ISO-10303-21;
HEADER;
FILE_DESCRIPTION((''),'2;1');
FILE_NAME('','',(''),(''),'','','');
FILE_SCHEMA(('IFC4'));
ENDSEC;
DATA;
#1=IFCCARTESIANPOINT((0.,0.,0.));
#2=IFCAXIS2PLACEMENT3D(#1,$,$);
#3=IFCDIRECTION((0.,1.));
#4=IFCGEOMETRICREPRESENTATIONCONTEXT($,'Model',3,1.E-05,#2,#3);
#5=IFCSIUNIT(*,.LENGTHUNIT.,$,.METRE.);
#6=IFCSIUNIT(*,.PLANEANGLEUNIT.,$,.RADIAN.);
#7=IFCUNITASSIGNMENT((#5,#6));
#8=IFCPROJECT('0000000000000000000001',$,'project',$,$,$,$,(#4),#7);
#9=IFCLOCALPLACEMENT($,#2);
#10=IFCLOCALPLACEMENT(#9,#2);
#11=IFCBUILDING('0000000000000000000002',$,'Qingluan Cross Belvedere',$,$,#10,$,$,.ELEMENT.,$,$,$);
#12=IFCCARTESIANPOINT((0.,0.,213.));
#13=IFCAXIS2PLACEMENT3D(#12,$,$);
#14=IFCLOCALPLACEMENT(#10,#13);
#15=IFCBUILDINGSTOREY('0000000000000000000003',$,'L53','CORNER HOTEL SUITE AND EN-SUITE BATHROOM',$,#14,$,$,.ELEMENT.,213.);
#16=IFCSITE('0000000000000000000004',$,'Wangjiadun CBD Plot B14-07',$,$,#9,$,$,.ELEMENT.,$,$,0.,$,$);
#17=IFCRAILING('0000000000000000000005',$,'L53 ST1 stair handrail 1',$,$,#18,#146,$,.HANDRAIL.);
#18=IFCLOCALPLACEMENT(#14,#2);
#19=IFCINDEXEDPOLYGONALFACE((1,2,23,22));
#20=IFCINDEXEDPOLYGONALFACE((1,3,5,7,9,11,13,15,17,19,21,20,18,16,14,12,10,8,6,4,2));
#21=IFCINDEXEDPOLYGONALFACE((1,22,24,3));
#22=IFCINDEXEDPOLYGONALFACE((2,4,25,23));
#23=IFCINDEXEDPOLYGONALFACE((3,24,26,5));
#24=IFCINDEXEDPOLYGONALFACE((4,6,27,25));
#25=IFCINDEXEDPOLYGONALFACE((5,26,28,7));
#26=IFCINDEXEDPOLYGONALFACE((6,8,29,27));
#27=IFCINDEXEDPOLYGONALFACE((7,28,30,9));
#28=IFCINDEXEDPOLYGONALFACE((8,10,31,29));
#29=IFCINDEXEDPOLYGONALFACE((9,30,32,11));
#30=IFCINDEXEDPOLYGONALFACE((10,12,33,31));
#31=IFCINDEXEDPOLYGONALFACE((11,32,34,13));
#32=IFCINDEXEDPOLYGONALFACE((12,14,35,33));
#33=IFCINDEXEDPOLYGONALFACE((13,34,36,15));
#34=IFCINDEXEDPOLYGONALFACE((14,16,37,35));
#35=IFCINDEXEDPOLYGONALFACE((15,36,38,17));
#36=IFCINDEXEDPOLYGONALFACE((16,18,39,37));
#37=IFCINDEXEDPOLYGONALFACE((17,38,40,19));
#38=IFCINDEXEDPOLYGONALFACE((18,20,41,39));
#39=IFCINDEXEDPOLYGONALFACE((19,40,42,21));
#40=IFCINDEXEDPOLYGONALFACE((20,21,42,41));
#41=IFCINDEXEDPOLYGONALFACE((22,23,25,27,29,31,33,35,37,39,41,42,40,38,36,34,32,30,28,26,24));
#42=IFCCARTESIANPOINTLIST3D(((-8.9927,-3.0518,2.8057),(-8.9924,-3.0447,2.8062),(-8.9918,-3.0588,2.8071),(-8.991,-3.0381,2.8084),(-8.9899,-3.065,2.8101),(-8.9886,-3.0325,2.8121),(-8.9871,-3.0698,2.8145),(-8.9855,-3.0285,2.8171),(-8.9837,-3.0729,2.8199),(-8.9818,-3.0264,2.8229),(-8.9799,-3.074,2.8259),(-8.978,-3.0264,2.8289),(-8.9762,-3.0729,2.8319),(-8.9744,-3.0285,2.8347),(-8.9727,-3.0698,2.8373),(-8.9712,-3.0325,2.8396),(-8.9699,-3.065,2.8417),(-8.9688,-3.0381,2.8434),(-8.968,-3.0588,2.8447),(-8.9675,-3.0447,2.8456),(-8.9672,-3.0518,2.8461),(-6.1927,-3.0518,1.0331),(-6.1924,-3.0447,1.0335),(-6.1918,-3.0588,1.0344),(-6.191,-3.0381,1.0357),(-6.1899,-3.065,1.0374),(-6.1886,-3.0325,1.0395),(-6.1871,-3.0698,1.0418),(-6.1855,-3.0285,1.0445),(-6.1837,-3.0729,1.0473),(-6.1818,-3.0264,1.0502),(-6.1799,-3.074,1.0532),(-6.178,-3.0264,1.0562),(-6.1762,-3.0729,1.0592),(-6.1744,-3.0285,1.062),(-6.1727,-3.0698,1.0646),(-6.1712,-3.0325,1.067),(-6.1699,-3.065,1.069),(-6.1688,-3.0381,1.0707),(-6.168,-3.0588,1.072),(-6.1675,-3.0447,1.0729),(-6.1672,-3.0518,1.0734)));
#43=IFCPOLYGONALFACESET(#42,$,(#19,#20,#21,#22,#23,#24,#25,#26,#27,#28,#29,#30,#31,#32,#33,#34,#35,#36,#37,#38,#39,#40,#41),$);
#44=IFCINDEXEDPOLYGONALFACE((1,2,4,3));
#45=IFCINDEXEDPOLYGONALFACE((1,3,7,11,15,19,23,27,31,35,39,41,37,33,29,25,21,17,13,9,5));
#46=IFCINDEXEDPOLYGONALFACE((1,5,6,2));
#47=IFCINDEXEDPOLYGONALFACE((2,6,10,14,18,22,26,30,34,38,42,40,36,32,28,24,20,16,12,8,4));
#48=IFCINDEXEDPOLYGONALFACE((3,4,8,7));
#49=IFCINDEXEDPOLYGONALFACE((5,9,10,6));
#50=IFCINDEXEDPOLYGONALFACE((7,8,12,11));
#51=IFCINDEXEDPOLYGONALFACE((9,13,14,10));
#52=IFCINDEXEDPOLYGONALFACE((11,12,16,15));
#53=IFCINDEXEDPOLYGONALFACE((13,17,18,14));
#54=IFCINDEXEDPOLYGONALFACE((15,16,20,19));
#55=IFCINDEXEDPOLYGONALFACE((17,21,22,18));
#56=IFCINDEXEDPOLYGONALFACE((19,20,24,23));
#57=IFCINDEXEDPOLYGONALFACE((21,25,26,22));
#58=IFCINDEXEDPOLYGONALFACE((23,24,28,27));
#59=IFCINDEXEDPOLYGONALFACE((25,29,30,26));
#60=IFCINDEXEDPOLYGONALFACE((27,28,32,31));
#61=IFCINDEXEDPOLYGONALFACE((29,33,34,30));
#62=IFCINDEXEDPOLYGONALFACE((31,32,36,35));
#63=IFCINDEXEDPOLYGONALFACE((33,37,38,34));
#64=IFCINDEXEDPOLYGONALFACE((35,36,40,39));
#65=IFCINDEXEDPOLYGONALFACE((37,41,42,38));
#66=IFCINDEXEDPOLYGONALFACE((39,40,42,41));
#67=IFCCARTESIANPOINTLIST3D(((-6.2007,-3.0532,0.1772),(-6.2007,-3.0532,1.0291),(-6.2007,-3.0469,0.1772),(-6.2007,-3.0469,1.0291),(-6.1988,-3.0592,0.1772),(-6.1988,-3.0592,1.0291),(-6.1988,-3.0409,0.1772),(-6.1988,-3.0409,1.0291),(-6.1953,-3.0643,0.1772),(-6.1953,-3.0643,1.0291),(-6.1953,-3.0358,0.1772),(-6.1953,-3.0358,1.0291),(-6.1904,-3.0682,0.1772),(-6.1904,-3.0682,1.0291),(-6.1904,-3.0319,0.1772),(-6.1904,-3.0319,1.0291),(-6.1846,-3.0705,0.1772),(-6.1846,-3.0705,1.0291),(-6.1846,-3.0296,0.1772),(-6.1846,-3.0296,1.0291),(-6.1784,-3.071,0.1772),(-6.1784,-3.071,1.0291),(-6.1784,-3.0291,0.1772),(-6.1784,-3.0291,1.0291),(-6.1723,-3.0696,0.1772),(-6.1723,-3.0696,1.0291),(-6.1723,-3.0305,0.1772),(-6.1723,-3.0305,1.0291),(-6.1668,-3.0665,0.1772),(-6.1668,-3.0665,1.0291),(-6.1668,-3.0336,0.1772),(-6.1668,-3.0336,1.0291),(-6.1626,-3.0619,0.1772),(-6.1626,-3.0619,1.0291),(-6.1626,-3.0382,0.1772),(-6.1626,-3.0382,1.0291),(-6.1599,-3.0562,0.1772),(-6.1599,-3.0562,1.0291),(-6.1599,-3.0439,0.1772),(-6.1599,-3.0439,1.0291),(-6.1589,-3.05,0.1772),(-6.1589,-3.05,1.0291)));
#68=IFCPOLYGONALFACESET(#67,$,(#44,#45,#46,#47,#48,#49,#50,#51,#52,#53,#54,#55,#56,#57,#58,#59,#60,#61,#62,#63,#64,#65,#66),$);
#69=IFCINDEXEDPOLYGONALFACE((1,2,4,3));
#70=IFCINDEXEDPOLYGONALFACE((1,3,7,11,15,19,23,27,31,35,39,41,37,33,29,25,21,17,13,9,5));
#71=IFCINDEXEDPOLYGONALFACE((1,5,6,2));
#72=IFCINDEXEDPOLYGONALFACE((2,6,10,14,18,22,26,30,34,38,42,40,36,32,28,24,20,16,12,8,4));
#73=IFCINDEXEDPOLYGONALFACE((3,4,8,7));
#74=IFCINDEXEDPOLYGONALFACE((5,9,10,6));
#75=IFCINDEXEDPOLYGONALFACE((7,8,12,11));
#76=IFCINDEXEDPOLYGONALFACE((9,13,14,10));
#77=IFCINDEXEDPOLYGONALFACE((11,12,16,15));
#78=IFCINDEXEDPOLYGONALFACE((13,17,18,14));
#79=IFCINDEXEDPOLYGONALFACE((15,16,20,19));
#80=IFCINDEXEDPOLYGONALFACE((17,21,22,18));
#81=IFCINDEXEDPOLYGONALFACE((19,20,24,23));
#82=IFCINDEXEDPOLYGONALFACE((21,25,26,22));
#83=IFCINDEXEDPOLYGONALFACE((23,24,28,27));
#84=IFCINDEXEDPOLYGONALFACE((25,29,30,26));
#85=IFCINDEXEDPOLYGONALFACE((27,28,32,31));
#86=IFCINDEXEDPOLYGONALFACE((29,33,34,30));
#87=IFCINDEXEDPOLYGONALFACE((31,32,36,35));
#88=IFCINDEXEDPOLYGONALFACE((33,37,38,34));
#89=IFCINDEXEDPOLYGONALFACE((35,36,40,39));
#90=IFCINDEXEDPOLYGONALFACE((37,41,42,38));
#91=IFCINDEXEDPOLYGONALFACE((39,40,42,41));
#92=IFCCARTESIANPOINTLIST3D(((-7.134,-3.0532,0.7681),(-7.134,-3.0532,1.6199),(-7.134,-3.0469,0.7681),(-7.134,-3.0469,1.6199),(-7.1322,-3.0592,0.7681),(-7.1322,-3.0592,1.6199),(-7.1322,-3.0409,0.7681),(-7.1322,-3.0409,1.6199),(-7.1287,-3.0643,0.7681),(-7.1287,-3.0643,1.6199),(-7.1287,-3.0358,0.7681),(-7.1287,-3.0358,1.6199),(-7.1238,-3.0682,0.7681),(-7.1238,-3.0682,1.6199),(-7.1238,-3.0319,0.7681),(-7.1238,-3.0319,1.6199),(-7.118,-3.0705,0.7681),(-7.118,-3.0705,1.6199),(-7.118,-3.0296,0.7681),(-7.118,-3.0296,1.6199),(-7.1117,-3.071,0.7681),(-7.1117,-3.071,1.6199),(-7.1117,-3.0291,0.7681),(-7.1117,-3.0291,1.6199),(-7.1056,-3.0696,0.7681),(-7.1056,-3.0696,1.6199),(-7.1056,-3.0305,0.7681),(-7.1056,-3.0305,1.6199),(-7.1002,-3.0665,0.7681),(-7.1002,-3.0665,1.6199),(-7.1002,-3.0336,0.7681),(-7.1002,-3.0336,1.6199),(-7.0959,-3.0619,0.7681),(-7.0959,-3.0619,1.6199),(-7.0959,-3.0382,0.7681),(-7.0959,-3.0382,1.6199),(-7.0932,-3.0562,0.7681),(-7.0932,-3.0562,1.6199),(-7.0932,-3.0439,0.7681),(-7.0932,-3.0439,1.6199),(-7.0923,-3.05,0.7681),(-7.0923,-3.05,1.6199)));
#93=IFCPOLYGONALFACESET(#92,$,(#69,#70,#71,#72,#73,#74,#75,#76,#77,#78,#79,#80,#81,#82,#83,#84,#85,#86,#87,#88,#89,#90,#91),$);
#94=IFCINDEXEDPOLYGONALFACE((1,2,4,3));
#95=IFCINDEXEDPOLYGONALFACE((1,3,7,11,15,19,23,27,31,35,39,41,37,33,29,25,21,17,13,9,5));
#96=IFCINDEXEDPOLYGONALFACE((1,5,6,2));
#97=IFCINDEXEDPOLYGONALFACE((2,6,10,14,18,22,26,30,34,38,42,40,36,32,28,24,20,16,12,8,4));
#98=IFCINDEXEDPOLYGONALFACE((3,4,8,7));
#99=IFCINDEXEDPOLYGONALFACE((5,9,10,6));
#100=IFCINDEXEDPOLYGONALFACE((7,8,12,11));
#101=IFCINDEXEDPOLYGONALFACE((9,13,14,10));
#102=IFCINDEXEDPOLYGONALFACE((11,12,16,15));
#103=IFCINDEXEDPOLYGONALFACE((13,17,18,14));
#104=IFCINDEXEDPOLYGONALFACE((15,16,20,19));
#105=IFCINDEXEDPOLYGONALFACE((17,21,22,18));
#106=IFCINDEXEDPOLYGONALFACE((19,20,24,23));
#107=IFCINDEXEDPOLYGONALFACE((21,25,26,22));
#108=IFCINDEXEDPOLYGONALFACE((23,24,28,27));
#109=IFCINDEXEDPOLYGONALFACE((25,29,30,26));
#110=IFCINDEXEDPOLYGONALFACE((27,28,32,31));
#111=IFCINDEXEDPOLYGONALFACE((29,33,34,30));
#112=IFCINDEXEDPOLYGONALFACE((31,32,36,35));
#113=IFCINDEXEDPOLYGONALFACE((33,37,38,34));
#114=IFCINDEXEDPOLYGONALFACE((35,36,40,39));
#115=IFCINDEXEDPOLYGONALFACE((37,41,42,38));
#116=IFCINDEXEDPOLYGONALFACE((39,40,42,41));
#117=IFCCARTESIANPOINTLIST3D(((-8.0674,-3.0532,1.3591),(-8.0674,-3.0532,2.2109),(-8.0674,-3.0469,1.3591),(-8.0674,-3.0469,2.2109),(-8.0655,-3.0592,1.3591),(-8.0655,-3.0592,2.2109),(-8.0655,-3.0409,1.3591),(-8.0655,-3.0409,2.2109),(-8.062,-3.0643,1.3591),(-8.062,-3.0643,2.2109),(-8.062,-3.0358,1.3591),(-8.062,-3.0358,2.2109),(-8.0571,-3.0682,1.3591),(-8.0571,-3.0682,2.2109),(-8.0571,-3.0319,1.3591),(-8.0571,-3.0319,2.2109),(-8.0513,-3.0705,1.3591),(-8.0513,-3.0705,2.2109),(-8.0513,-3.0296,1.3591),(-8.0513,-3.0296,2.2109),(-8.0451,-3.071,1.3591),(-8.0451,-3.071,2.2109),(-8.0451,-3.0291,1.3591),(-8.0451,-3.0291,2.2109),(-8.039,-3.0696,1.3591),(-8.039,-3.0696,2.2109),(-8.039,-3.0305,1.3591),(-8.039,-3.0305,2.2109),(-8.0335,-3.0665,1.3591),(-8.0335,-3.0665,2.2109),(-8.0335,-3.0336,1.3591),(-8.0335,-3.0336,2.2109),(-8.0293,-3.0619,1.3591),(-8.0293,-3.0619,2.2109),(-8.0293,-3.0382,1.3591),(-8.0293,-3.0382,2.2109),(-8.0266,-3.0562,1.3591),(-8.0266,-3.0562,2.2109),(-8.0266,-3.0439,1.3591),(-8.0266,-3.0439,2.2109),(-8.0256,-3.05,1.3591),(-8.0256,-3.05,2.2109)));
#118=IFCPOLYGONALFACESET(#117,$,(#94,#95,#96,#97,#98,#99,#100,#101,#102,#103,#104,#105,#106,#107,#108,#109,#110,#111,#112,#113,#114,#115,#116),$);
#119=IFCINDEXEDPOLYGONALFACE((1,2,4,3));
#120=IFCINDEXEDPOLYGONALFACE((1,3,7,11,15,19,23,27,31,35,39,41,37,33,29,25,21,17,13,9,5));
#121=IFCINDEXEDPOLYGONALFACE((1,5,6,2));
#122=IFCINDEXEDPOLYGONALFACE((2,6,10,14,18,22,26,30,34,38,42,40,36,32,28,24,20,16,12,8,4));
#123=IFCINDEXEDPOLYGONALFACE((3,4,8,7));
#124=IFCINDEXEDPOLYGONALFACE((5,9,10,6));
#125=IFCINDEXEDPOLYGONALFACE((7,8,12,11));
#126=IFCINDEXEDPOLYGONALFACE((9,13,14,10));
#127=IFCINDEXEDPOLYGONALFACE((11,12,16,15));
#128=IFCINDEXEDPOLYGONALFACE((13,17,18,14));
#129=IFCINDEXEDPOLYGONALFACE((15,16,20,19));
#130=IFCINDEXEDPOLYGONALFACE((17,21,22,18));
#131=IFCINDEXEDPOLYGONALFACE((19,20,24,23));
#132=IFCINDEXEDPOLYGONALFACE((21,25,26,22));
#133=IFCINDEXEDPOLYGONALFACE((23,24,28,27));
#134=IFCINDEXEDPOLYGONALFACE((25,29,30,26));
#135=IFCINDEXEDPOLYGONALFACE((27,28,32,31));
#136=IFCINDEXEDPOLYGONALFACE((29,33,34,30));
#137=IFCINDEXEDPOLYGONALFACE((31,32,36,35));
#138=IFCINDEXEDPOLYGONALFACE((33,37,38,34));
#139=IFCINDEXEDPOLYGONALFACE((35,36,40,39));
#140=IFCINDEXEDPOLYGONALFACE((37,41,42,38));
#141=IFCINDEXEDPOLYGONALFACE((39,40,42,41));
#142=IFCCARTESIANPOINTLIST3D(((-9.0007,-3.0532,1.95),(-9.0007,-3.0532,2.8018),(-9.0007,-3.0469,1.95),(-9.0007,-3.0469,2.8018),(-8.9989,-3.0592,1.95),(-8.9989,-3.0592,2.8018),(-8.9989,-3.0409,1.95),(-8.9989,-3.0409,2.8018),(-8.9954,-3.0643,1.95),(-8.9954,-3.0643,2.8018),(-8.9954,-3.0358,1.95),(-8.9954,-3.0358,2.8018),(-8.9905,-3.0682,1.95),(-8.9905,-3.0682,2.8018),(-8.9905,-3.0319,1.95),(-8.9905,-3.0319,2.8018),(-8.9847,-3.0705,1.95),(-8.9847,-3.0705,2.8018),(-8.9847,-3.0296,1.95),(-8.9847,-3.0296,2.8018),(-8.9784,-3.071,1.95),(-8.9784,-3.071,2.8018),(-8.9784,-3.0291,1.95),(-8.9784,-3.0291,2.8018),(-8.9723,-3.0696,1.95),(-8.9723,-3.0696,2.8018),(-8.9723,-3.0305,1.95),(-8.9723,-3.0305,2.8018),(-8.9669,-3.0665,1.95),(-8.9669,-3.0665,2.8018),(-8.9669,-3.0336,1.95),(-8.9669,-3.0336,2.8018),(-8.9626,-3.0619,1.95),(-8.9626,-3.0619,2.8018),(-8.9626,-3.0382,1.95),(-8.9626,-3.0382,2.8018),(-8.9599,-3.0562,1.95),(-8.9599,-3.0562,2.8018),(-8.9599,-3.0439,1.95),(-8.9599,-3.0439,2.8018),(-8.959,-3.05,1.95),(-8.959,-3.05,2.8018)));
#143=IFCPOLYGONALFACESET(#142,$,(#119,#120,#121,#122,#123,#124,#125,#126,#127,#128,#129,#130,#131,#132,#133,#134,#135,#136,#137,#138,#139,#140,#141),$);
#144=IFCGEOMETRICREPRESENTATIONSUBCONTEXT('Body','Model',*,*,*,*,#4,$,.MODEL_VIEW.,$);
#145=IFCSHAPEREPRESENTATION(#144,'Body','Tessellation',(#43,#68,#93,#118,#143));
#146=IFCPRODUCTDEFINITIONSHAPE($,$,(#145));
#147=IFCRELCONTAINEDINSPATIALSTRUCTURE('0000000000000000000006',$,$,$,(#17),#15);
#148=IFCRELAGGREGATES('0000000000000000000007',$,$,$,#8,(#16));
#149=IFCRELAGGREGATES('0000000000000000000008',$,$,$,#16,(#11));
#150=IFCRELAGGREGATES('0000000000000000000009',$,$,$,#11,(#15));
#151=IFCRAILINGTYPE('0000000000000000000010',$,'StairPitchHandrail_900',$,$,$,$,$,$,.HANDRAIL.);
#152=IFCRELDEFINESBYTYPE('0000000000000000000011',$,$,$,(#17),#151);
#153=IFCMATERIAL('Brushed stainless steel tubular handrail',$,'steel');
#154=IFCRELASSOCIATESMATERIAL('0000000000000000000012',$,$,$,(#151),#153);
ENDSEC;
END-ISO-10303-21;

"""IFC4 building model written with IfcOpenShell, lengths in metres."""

from ifc_helpers import new_model, si_unit, direction, frame, origin, origin_2d, place, context, subcontext, project, spatial, circle, extrude, material, type_object, element, save


model = new_model("IFC4")

# Units and contexts
model_context = context("Model", 3, precision=1e-05, world=origin(), true_north=direction((0.0, 1.0)))
body_context = subcontext(model_context, "Body", "Model", "MODEL_VIEW")
ifc_project = project(units=[si_unit("LENGTHUNIT", "METRE"), si_unit("PLANEANGLEUNIT", "RADIAN")], contexts=[model_context])

# Site, building, storey
site_placement = place(None, origin())
site = spatial("IfcSite", under=ifc_project, at=site_placement, Name="Wangjiadun CBD Plot B14-07", CompositionType="ELEMENT", RefElevation=0.0)
building_placement = place(site_placement, origin())
building = spatial("IfcBuilding", under=site, at=building_placement, Name="Qingluan Cross Belvedere", CompositionType="ELEMENT")
storey_placement = place(building_placement, frame((0.0, 0.0, 213.0)))
storey = spatial("IfcBuildingStorey", under=building, at=storey_placement, Name="L53", Description="CORNER HOTEL SUITE AND EN-SUITE BATHROOM", CompositionType="ELEMENT", Elevation=213.0)

# Railing
ifc_material_1 = material(Name="Brushed stainless steel tubular handrail", Category="steel")
railing_type_1 = type_object("IfcRailingType", Name="StairPitchHandrail_900", PredefinedType="HANDRAIL", material=ifc_material_1)
railing_1_placement = place(storey_placement, frame((-6.1799, -3.05, 0.1772)))
element("IfcRailing", 1, at=railing_1_placement, inside=storey, type_object=railing_type_1, Name="L53 ST1 stair handrail 1", PredefinedType="HANDRAIL", context=body_context, shape_type="SweptSolid", body=[
    extrude(circle(Radius=0.0239, at=origin_2d()), frame((0.0, 0.0, 0.876), z_axis=(-0.844909, 0.0, 0.53491), x_axis=(0.0, -1.0, 0.0)), (0.0, 0.0, 1.0), 3.314),
    extrude(circle(Radius=0.021, at=origin_2d()), origin(), (0.0, 0.0, 1.0), 0.8518),
    extrude(circle(Radius=0.021, at=origin_2d()), frame((-0.9333, 0.0, 0.5908)), (0.0, 0.0, 1.0), 0.8518),
    extrude(circle(Radius=0.021, at=origin_2d()), frame((-1.8667, 0.0, 1.1819)), (0.0, 0.0, 1.0), 0.8518),
    extrude(circle(Radius=0.021, at=origin_2d()), frame((-2.8, 0.0, 1.7727)), (0.0, 0.0, 1.0), 0.8518),
])

save(model, "model.ifc")
